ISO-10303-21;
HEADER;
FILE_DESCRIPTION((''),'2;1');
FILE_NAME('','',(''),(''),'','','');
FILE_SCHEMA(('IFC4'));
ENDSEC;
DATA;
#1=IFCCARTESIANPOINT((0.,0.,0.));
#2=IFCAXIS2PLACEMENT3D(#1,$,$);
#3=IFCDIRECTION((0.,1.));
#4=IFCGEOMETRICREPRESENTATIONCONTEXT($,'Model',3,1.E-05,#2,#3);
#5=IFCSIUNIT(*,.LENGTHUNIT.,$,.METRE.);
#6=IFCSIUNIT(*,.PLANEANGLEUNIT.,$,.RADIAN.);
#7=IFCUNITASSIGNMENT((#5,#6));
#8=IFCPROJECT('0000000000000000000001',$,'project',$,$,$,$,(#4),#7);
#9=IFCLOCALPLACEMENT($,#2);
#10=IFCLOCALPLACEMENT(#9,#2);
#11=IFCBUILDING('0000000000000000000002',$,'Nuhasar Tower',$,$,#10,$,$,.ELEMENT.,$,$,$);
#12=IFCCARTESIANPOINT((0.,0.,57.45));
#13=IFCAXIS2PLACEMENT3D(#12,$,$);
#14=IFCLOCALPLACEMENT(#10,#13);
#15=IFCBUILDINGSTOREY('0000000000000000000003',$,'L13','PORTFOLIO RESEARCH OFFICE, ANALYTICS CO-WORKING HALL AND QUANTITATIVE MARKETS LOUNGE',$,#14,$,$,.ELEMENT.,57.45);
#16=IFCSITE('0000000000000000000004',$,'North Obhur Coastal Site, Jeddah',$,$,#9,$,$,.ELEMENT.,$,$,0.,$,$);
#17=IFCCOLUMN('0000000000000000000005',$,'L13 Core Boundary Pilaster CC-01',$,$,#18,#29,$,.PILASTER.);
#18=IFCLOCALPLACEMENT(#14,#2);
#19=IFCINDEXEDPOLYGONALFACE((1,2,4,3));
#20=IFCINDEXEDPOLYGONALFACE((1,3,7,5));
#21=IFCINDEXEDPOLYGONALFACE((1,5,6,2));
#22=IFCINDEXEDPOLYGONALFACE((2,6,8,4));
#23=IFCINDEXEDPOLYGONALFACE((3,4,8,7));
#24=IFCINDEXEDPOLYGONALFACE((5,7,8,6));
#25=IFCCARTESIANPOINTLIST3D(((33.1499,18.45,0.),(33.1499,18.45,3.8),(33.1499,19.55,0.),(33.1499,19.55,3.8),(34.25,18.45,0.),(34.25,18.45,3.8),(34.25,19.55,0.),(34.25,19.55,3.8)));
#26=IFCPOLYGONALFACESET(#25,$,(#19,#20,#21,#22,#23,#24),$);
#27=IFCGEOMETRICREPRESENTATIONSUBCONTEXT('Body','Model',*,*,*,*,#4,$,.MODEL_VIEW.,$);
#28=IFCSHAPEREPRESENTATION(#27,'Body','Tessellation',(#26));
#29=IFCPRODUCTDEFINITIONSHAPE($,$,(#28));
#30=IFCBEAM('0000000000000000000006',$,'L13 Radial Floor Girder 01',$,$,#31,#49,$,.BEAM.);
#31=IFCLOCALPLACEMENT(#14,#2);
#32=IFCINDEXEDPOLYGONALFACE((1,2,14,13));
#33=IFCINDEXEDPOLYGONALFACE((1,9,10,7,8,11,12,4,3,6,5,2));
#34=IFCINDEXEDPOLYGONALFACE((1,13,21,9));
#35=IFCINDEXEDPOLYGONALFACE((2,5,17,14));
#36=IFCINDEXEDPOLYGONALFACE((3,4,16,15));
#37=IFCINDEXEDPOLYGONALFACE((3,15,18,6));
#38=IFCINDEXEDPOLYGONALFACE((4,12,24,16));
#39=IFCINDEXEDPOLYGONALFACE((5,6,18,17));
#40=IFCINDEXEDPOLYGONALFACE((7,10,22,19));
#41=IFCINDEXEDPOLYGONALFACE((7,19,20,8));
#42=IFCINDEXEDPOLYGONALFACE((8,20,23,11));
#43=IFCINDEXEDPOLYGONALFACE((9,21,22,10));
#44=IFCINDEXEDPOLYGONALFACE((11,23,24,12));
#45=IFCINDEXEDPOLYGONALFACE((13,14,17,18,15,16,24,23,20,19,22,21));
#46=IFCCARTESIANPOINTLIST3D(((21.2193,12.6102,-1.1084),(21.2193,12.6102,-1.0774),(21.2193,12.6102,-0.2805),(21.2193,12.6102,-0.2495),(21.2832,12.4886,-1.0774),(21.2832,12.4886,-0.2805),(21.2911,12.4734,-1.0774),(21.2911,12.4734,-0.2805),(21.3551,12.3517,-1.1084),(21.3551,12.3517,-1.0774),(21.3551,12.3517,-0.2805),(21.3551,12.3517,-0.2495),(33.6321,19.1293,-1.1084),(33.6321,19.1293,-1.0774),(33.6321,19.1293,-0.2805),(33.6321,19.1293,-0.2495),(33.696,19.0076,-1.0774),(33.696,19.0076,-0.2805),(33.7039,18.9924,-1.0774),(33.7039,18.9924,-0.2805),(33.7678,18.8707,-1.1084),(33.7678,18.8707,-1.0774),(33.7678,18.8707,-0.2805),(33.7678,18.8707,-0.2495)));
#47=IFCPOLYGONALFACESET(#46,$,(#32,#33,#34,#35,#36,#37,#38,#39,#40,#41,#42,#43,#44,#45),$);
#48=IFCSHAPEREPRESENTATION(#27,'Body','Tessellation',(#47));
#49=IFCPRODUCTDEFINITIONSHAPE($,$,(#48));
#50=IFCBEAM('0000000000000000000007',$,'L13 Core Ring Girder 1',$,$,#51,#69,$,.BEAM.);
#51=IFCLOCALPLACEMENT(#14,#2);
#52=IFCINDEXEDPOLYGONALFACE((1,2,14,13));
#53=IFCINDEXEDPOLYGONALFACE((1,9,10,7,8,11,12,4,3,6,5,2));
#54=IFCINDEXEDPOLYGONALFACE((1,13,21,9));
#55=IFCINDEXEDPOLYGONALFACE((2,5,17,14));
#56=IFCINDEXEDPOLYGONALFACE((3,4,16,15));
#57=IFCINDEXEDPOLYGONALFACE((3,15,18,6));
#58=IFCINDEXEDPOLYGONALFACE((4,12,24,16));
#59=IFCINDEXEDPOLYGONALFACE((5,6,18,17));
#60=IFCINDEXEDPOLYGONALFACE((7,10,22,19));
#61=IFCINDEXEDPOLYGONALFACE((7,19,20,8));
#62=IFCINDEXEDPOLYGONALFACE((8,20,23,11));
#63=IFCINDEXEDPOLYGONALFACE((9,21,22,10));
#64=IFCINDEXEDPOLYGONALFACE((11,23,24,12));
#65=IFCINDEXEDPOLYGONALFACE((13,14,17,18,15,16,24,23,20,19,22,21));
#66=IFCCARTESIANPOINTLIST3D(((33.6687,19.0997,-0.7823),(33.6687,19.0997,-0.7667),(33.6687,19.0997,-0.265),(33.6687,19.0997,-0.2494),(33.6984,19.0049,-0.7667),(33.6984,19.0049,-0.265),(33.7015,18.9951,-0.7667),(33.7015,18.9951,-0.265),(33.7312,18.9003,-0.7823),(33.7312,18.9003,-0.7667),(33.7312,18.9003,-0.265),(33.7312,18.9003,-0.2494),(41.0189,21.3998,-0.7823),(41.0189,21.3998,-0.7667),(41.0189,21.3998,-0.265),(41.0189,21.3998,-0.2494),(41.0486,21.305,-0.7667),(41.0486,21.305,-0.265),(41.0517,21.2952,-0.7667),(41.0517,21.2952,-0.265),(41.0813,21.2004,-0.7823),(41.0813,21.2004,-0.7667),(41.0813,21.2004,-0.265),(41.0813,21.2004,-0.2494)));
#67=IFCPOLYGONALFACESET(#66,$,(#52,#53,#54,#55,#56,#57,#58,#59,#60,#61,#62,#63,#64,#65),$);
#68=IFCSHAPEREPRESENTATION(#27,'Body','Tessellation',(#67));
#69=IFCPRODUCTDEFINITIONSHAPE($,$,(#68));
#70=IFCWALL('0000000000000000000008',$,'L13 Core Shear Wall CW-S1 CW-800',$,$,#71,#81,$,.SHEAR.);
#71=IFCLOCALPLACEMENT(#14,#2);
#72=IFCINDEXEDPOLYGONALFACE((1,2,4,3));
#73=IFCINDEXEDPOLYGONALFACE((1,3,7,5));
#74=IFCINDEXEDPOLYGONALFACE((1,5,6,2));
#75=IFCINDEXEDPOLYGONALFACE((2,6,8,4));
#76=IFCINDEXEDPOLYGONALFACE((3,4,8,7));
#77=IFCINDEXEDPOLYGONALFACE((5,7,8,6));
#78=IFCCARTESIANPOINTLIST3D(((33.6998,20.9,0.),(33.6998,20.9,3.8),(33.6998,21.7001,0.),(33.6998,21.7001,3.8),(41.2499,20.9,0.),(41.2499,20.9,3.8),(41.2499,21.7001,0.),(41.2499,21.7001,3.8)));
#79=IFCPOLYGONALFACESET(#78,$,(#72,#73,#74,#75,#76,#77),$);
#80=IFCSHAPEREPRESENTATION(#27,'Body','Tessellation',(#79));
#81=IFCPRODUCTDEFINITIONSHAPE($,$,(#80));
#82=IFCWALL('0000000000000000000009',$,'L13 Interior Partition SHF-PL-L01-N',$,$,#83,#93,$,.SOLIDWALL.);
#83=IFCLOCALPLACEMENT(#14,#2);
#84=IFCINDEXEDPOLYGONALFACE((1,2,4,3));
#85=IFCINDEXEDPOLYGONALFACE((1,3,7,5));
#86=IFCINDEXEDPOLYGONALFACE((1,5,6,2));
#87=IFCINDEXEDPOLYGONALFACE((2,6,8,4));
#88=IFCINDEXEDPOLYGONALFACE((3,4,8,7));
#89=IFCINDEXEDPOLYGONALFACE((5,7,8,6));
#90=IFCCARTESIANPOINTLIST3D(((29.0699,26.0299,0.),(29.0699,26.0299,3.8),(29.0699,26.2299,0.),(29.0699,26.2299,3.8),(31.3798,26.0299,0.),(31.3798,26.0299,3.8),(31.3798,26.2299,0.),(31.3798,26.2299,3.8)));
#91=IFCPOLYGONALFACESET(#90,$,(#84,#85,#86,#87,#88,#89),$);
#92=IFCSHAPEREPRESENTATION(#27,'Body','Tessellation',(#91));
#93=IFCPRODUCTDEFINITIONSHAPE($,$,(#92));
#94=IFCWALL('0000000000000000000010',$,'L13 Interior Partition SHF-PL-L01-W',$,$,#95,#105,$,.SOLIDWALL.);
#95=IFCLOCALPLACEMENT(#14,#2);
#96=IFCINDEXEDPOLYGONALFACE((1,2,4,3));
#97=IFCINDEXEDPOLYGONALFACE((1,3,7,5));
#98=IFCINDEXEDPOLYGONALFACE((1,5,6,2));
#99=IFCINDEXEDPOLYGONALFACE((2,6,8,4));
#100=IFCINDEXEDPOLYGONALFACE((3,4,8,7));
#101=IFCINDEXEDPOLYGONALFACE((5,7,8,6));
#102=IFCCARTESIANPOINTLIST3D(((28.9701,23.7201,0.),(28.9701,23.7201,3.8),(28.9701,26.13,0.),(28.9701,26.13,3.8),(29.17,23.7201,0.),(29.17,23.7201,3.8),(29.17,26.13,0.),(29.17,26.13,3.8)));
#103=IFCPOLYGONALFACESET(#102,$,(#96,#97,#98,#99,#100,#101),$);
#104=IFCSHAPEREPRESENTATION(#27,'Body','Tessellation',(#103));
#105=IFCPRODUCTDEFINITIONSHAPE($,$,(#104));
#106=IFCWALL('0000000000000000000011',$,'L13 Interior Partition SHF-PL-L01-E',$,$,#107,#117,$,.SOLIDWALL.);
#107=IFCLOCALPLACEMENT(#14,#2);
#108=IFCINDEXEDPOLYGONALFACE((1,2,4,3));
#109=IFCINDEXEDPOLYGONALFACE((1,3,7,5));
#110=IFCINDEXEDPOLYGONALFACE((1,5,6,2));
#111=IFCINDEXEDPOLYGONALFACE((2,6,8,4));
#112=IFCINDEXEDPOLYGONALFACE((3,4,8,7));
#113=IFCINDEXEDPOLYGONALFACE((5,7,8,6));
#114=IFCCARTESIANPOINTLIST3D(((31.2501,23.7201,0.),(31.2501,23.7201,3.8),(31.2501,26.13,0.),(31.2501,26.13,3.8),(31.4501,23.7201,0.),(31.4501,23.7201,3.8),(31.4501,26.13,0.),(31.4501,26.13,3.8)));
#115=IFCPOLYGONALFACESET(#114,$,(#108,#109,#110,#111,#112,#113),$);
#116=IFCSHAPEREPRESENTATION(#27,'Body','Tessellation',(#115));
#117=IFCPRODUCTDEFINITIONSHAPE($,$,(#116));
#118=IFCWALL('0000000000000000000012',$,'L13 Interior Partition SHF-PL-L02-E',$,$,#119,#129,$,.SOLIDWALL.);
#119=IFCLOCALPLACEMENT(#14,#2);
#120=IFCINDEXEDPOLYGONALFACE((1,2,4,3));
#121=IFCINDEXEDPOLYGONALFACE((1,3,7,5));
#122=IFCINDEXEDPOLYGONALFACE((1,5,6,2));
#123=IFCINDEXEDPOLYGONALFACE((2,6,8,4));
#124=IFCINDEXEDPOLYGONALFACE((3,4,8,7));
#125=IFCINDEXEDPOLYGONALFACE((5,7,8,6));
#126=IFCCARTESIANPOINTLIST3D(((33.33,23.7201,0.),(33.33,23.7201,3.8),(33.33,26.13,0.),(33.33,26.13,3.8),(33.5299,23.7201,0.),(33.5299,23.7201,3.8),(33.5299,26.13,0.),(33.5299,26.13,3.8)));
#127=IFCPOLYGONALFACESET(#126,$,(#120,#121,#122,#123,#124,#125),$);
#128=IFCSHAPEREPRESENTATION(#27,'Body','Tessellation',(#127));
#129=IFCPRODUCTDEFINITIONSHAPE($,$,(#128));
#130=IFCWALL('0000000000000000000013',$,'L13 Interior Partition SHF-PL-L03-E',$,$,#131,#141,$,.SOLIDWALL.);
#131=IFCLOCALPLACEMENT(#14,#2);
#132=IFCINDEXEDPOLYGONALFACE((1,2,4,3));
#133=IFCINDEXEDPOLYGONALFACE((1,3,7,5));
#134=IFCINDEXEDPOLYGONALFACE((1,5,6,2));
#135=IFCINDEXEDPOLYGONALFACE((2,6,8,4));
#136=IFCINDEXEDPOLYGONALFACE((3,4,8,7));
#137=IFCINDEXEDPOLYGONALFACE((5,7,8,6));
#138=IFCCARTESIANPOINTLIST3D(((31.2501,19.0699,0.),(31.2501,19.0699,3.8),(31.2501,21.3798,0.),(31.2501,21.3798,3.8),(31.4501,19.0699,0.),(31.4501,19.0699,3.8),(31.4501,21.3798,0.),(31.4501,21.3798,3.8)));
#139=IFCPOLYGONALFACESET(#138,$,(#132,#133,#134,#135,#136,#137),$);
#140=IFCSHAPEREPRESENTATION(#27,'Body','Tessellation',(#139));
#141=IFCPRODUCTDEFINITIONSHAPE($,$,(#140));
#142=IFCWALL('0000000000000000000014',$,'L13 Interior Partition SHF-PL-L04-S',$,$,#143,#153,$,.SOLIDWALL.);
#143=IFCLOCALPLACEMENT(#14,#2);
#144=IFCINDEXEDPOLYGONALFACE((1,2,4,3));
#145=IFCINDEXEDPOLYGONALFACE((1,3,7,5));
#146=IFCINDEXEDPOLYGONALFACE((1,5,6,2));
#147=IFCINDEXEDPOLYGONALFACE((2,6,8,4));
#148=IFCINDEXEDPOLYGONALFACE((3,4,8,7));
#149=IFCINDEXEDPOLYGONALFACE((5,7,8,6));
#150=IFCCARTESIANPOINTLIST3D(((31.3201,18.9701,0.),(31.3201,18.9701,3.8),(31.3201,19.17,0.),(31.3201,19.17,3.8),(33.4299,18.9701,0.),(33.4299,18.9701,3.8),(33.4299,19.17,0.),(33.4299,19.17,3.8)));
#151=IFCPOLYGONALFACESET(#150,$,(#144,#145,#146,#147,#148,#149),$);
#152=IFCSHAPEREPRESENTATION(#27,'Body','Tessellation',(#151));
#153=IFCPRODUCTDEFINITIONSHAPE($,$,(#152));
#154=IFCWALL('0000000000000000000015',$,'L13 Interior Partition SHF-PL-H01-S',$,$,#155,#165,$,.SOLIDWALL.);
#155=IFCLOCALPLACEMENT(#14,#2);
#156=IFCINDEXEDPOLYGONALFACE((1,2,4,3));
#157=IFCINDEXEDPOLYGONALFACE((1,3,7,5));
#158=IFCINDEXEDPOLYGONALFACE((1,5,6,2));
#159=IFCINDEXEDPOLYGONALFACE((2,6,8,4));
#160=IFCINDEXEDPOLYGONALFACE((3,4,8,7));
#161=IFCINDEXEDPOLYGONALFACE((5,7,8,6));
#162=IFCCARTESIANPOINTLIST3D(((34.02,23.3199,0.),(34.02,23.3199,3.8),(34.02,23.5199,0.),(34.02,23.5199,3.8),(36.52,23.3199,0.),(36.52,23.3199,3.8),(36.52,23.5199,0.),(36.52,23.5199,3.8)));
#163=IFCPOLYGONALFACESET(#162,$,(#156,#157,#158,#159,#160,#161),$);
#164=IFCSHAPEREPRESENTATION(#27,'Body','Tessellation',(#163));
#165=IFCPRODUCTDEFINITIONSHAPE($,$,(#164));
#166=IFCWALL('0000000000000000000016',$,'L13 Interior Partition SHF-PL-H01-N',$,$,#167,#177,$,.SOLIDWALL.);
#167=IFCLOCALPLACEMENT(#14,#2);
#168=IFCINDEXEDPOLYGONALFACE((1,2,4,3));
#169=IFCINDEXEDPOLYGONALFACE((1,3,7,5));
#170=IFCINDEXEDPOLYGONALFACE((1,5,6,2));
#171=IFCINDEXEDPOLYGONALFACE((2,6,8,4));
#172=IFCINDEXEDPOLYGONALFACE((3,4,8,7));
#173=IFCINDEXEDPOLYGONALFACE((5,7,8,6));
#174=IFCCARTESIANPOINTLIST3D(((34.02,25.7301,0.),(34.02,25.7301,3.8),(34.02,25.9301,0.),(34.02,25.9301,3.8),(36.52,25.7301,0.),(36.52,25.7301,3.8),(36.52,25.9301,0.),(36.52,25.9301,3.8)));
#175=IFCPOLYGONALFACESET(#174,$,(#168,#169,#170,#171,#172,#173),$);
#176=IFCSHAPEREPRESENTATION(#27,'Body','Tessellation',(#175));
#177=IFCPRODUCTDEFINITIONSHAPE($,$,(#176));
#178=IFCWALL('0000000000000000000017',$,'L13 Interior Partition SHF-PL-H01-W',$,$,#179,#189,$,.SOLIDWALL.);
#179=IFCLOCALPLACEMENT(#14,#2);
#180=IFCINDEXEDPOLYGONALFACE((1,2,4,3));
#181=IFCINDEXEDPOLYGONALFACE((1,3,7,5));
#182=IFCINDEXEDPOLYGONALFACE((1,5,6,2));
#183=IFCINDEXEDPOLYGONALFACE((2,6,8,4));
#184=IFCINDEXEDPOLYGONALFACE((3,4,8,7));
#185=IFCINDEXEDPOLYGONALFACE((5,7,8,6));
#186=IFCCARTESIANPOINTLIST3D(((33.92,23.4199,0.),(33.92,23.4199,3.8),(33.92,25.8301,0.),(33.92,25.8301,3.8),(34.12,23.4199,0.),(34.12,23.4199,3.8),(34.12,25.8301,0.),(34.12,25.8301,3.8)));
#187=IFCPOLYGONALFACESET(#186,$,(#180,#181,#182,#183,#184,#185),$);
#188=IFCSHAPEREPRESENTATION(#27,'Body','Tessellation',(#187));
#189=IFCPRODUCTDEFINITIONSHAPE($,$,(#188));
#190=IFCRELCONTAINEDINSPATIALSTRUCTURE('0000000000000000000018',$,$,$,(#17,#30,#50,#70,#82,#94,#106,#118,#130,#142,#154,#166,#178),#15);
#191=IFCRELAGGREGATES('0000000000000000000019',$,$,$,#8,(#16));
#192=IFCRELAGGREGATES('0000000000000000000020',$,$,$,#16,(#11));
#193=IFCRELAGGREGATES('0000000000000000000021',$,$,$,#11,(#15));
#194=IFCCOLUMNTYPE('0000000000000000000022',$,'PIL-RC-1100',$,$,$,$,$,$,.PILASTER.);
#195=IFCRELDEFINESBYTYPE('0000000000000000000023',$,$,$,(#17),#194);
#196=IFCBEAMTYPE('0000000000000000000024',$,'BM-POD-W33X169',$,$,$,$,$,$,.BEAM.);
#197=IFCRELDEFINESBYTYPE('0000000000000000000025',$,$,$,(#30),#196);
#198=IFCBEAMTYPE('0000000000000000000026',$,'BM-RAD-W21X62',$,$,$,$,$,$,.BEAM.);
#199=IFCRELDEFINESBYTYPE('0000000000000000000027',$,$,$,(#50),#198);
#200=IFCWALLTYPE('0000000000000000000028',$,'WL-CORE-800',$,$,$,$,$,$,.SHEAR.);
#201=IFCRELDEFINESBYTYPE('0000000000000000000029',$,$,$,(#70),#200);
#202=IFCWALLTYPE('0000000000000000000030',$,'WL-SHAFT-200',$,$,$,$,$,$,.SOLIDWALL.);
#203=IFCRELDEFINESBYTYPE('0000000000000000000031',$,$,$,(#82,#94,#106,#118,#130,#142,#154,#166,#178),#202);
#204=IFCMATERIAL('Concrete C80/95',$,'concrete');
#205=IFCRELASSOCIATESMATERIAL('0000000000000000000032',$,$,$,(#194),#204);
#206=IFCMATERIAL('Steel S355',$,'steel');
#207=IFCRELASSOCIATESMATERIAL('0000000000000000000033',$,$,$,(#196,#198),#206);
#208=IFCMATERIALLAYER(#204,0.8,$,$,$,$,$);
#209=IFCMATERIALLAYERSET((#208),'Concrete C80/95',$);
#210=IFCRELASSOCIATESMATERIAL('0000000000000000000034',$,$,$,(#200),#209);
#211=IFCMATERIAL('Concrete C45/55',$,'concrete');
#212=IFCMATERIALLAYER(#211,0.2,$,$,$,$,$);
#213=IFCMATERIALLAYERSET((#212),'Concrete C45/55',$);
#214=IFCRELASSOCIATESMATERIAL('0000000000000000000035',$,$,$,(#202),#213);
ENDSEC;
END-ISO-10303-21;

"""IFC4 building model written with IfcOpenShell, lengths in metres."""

from ifc_helpers import new_model, si_unit, direction, frame, frame_2d, origin, origin_2d, place, context, subcontext, project, spatial, rectangle, i_section, extrude, material, layer, layer_set, material_profile, profile_set, type_object, element, save


model = new_model("IFC4")

# Units and contexts
model_context = context("Model", 3, precision=1e-05, world=origin(), true_north=direction((0.0, 1.0)))
body_context = subcontext(model_context, "Body", "Model", "MODEL_VIEW")
ifc_project = project(units=[si_unit("LENGTHUNIT", "METRE"), si_unit("PLANEANGLEUNIT", "RADIAN")], contexts=[model_context])

# Site, building, storey
site_placement = place(None, origin())
site = spatial("IfcSite", under=ifc_project, at=site_placement, Name="North Obhur Coastal Site, Jeddah", CompositionType="ELEMENT", RefElevation=0.0)
building_placement = place(site_placement, origin())
building = spatial("IfcBuilding", under=site, at=building_placement, Name="Nuhasar Tower", CompositionType="ELEMENT")
storey_placement = place(building_placement, frame((0.0, 0.0, 57.45)))
storey = spatial("IfcBuildingStorey", under=building, at=storey_placement, Name="L13", Description="PORTFOLIO RESEARCH OFFICE, ANALYTICS CO-WORKING HALL AND QUANTITATIVE MARKETS LOUNGE", CompositionType="ELEMENT", Elevation=57.45)

# Column
ifc_material_1 = material(Name="Concrete C80/95", Category="concrete")
ifc_material_profile_1 = material_profile(ifc_material_1, rectangle(XDim=1.1001, YDim=1.1001, at=origin_2d()), Name="RC1100X1100")
ifc_profile_set_1 = profile_set([ifc_material_profile_1], Name="Concrete C80/95")
column_type = type_object("IfcColumnType", Name="PIL-RC-1100", PredefinedType="PILASTER", material=ifc_profile_set_1)
column_placement = place(storey_placement, frame((33.7, 19.0, 0.0), z_axis=(0.0, 0.0, 1.0), x_axis=(1.0, 0.0, 0.0)))
element("IfcColumn", 1, at=column_placement, inside=storey, type_object=column_type, Name="L13 Core Boundary Pilaster CC-01", PredefinedType="PILASTER", context=body_context, shape_type="SweptSolid", body=[
    extrude(rectangle(XDim=1.1001, YDim=1.1001, at=origin_2d()), origin(), (0.0, 0.0, 1.0), 3.8),
])

# Beams
ifc_material_2 = material(Name="Steel S355", Category="steel")
ifc_material_profile_2 = material_profile(ifc_material_2, i_section(OverallWidth=0.292, OverallDepth=0.8589, WebThickness=0.0171, FlangeThickness=0.031, at=origin_2d()), Name="W33X169")
ifc_profile_set_2 = profile_set([ifc_material_profile_2], Name="Steel S355")
beam_type_1 = type_object("IfcBeamType", Name="BM-POD-W33X169", PredefinedType="BEAM", material=ifc_profile_set_2)
beam_1_placement = place(storey_placement, frame((33.7, 19.0, -0.679), z_axis=(-0.88533, -0.464963, 0.0), x_axis=(0.464963, -0.88533, 0.0)))
element("IfcBeam", 2, at=beam_1_placement, inside=storey, type_object=beam_type_1, Name="L13 Radial Floor Girder 01", PredefinedType="BEAM", context=body_context, shape_type="SweptSolid", body=[
    extrude(i_section(OverallWidth=0.292, OverallDepth=0.8589, WebThickness=0.0171, FlangeThickness=0.031, at=origin_2d()), origin(), (0.0, 0.0, 1.0), 14.0205),
])
ifc_material_profile_3 = material_profile(ifc_material_2, i_section(OverallWidth=0.209, OverallDepth=0.533, WebThickness=0.0103, FlangeThickness=0.0156, at=origin_2d()), Name="W21X62")
ifc_profile_set_3 = profile_set([ifc_material_profile_3], Name="Steel S355")
beam_type_2 = type_object("IfcBeamType", Name="BM-RAD-W21X62", PredefinedType="BEAM", material=ifc_profile_set_3)
beam_2_placement = place(storey_placement, frame((33.7, 19.0, -0.5159), z_axis=(0.954364, 0.298647, 0.0), x_axis=(-0.298647, 0.954364, 0.0)))
element("IfcBeam", 3, at=beam_2_placement, inside=storey, type_object=beam_type_2, Name="L13 Core Ring Girder 1", PredefinedType="BEAM", context=body_context, shape_type="SweptSolid", body=[
    extrude(i_section(OverallWidth=0.209, OverallDepth=0.533, WebThickness=0.0103, FlangeThickness=0.0156, at=origin_2d()), origin(), (0.0, 0.0, 1.0), 7.7017),
])

# Wall
ifc_layer_1 = layer(ifc_material_1, 0.8)
ifc_layer_set_1 = layer_set([ifc_layer_1], Name="Concrete C80/95")
wall_type_1 = type_object("IfcWallType", Name="WL-CORE-800", PredefinedType="SHEAR", material=ifc_layer_set_1)
wall_1_placement = place(storey_placement, frame((33.7, 21.3, 0.0), z_axis=(0.0, 0.0, 1.0), x_axis=(1.0, 0.0, 0.0)))
element("IfcWall", 4, at=wall_1_placement, inside=storey, type_object=wall_type_1, Name="L13 Core Shear Wall CW-S1 CW-800", PredefinedType="SHEAR", context=body_context, shape_type="SweptSolid", body=[
    extrude(rectangle(XDim=7.55, YDim=0.8, at=frame_2d((3.7749, 0.0))), origin(), (0.0, 0.0, 1.0), 3.8),
])

# Shared definitions
ifc_material_3 = material(Name="Concrete C45/55", Category="concrete")
ifc_layer_2 = layer(ifc_material_3, 0.2)
ifc_layer_set_2 = layer_set([ifc_layer_2], Name="Concrete C45/55")
wall_type_2 = type_object("IfcWallType", Name="WL-SHAFT-200", PredefinedType="SOLIDWALL", material=ifc_layer_set_2)

# Walls
wall_2_placement = place(storey_placement, frame((29.0701, 26.1299, 0.0), z_axis=(0.0, 0.0, 1.0), x_axis=(1.0, 0.0, 0.0)))
element("IfcWall", 5, at=wall_2_placement, inside=storey, type_object=wall_type_2, Name="L13 Interior Partition SHF-PL-L01-N", PredefinedType="SOLIDWALL", context=body_context, shape_type="SweptSolid", body=[
    extrude(rectangle(XDim=2.3098, YDim=0.2, at=frame_2d((1.1548, 0.0))), origin(), (0.0, 0.0, 1.0), 3.8),
])
for number, where, z_axis, x_axis, name in (
    (6, (29.0701, 23.72, 0.0), (0.0, 0.0, 1.0), (0.0, 1.0, 0.0), "L13 Interior Partition SHF-PL-L01-W"),
    (7, (31.3501, 23.72, 0.0), (0.0, 0.0, 1.0), (0.0, 1.0, 0.0), "L13 Interior Partition SHF-PL-L01-E"),
):
    element("IfcWall", number, at=place(storey_placement, frame(where, z_axis=z_axis, x_axis=x_axis)), inside=storey, type_object=wall_type_2, Name=name, PredefinedType="SOLIDWALL", context=body_context, shape_type="SweptSolid", body=[
        extrude(rectangle(XDim=2.4099, YDim=0.2, at=frame_2d((1.2051, 0.0))), origin(), (0.0, 0.0, 1.0), 3.8),
    ])

# Walls
wall_3_placement = place(storey_placement, frame((33.4299, 23.72, 0.0), z_axis=(0.0, 0.0, 1.0), x_axis=(0.0, 1.0, 0.0)))
element("IfcWall", 8, at=wall_3_placement, inside=storey, type_object=wall_type_2, Name="L13 Interior Partition SHF-PL-L02-E", PredefinedType="SOLIDWALL", context=body_context, shape_type="SweptSolid", body=[
    extrude(rectangle(XDim=2.4099, YDim=0.2, at=frame_2d((1.2051, 0.0))), origin(), (0.0, 0.0, 1.0), 3.8),
])
wall_4_placement = place(storey_placement, frame((31.3501, 19.0701, 0.0), z_axis=(0.0, 0.0, 1.0), x_axis=(0.0, 1.0, 0.0)))
element("IfcWall", 9, at=wall_4_placement, inside=storey, type_object=wall_type_2, Name="L13 Interior Partition SHF-PL-L03-E", PredefinedType="SOLIDWALL", context=body_context, shape_type="SweptSolid", body=[
    extrude(rectangle(XDim=2.3098, YDim=0.2, at=frame_2d((1.1548, 0.0))), origin(), (0.0, 0.0, 1.0), 3.8),
])
wall_5_placement = place(storey_placement, frame((31.3201, 19.0701, 0.0), z_axis=(0.0, 0.0, 1.0), x_axis=(1.0, 0.0, 0.0)))
element("IfcWall", 10, at=wall_5_placement, inside=storey, type_object=wall_type_2, Name="L13 Interior Partition SHF-PL-L04-S", PredefinedType="SOLIDWALL", context=body_context, shape_type="SweptSolid", body=[
    extrude(rectangle(XDim=2.1099, YDim=0.2, at=frame_2d((1.0549, 0.0))), origin(), (0.0, 0.0, 1.0), 3.8),
])

# Walls
for number, where, z_axis, x_axis, name in (
    (11, (34.02, 23.4199, 0.0), (0.0, 0.0, 1.0), (1.0, 0.0, 0.0), "L13 Interior Partition SHF-PL-H01-S"),
    (12, (34.02, 25.8301, 0.0), (0.0, 0.0, 1.0), (1.0, 0.0, 0.0), "L13 Interior Partition SHF-PL-H01-N"),
):
    element("IfcWall", number, at=place(storey_placement, frame(where, z_axis=z_axis, x_axis=x_axis)), inside=storey, type_object=wall_type_2, Name=name, PredefinedType="SOLIDWALL", context=body_context, shape_type="SweptSolid", body=[
        extrude(rectangle(XDim=2.5, YDim=0.2, at=frame_2d((1.25, 0.0))), origin(), (0.0, 0.0, 1.0), 3.8),
    ])
for number, where, z_axis, x_axis, name in (
    (13, (34.02, 23.4199, 0.0), (0.0, 0.0, 1.0), (0.0, 1.0, 0.0), "L13 Interior Partition SHF-PL-H01-W"),
):
    element("IfcWall", number, at=place(storey_placement, frame(where, z_axis=z_axis, x_axis=x_axis)), inside=storey, type_object=wall_type_2, Name=name, PredefinedType="SOLIDWALL", context=body_context, shape_type="SweptSolid", body=[
        extrude(rectangle(XDim=2.4102, YDim=0.2, at=frame_2d((1.2051, 0.0))), origin(), (0.0, 0.0, 1.0), 3.8),
    ])

save(model, "model.ifc")
